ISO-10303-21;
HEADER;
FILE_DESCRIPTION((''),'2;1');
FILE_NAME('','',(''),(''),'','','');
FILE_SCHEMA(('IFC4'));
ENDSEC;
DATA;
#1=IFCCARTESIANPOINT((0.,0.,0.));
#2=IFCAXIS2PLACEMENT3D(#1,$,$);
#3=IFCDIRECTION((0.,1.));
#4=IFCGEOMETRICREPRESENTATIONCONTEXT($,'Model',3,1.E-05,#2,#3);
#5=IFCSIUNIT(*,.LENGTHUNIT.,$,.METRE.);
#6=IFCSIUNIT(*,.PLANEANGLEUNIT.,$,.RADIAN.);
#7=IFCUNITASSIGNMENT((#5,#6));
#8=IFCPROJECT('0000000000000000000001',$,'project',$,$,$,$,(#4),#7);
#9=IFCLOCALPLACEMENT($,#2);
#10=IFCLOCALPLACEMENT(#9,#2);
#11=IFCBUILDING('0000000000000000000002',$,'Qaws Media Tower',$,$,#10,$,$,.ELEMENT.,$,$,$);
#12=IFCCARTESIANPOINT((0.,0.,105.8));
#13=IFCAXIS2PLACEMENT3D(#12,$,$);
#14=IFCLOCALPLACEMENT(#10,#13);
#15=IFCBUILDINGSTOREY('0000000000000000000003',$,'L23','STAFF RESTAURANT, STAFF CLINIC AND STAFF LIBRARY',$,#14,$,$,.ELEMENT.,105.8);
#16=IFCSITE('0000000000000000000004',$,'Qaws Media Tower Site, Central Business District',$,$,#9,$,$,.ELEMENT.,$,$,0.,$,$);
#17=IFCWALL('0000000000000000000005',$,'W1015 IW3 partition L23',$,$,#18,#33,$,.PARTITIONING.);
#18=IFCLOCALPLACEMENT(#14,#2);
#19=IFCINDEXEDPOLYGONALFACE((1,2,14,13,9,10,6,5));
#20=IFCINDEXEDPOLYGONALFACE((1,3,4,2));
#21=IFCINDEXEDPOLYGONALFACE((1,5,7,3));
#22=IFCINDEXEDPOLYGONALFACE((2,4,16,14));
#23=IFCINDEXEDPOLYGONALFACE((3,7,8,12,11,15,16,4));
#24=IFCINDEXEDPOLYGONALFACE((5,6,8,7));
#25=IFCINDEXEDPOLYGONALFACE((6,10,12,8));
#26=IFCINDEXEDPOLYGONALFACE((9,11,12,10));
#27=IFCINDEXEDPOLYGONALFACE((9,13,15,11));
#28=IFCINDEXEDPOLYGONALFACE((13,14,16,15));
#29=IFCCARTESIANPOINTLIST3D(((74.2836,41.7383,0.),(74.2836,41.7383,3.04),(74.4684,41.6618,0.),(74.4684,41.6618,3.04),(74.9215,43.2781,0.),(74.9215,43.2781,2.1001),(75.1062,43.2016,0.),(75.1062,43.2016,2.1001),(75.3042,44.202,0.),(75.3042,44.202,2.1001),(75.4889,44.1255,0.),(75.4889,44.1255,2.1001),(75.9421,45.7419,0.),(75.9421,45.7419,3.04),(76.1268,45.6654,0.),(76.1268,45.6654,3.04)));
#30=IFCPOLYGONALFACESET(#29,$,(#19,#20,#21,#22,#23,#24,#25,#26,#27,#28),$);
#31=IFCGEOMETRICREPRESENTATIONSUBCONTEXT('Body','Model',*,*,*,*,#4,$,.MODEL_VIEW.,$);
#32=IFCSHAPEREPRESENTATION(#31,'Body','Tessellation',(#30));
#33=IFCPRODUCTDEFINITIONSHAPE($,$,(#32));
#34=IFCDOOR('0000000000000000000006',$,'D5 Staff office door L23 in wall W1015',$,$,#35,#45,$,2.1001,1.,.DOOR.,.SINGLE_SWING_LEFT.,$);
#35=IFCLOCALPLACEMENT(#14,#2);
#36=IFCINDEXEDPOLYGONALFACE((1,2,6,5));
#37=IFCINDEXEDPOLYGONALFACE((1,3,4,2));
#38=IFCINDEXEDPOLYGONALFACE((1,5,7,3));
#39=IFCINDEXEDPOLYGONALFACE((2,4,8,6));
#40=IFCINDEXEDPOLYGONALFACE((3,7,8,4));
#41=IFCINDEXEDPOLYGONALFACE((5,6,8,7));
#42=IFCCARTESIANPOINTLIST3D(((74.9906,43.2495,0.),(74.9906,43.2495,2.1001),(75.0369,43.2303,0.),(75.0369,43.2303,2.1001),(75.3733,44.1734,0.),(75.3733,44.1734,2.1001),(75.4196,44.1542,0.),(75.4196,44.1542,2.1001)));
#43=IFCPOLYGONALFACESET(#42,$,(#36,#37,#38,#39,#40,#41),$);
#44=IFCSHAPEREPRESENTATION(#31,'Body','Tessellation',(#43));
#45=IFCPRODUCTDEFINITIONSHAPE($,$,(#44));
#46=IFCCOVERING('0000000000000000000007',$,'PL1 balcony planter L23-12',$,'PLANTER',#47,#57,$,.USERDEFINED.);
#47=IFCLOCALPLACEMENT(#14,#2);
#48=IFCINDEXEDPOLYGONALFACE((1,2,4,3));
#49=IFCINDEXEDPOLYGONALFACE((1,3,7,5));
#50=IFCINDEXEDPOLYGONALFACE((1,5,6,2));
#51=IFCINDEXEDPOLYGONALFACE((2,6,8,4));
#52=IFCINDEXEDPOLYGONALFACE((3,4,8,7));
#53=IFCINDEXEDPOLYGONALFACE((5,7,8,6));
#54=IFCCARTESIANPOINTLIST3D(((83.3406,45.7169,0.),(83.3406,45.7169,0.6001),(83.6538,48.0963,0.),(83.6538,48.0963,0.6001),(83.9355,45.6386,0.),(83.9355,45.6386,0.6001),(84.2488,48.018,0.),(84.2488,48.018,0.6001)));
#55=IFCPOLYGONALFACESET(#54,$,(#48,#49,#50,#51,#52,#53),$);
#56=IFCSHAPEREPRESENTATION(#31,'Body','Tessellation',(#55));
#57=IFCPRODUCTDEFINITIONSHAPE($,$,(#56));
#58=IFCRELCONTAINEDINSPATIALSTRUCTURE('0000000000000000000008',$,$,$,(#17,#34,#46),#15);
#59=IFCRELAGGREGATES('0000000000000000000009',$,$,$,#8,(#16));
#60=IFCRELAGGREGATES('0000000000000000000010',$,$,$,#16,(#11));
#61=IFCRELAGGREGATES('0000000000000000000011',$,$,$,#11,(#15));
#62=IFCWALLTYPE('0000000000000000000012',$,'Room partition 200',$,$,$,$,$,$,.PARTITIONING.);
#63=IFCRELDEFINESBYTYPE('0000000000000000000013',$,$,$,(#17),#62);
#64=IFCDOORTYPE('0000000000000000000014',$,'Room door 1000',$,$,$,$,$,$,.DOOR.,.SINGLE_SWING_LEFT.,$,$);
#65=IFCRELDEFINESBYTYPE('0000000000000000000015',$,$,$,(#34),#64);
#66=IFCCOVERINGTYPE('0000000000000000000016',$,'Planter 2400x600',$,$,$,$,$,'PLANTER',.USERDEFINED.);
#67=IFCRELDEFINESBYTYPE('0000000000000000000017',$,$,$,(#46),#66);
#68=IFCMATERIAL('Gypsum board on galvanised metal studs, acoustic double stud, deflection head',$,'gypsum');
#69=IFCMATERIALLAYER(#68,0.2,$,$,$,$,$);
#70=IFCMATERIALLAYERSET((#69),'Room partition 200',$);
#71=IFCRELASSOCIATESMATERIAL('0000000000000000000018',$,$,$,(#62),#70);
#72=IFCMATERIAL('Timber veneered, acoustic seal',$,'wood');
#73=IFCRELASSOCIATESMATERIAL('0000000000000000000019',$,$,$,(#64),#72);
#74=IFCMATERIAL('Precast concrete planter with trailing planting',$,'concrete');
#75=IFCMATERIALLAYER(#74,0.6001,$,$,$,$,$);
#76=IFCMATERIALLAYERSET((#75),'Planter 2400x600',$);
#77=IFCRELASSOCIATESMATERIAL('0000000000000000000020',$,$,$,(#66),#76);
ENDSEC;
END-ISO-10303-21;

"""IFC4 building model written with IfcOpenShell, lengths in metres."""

from ifc_helpers import new_model, si_unit, direction, frame, frame_2d, origin, origin_2d, place, context, subcontext, project, spatial, rectangle, extrude, material, layer, layer_set, type_object, element, fill, save


model = new_model("IFC4")

# Units and contexts
model_context = context("Model", 3, precision=1e-05, world=origin(), true_north=direction((0.0, 1.0)))
body_context = subcontext(model_context, "Body", "Model", "MODEL_VIEW")
ifc_project = project(units=[si_unit("LENGTHUNIT", "METRE"), si_unit("PLANEANGLEUNIT", "RADIAN")], contexts=[model_context])

# Site, building, storey
site_placement = place(None, origin())
site = spatial("IfcSite", under=ifc_project, at=site_placement, Name="Qaws Media Tower Site, Central Business District", CompositionType="ELEMENT", RefElevation=0.0)
building_placement = place(site_placement, origin())
building = spatial("IfcBuilding", under=site, at=building_placement, Name="Qaws Media Tower", CompositionType="ELEMENT")
storey_placement = place(building_placement, frame((0.0, 0.0, 105.8)))
storey = spatial("IfcBuildingStorey", under=building, at=storey_placement, Name="L23", Description="STAFF RESTAURANT, STAFF CLINIC AND STAFF LIBRARY", CompositionType="ELEMENT", Elevation=105.8)

# Wall, opening, door
ifc_material_1 = material(Name="Gypsum board on galvanised metal studs, acoustic double stud, deflection head", Category="gypsum")
ifc_layer_1 = layer(ifc_material_1, 0.2)
ifc_layer_set_1 = layer_set([ifc_layer_1], Name="Room partition 200")
wall_type_1 = type_object("IfcWallType", Name="Room partition 200", PredefinedType="PARTITIONING", material=ifc_layer_set_1)
wall_1_placement = place(storey_placement, frame((76.0344, 45.7036, 0.0), z_axis=(0.0, 0.0, 1.0), x_axis=(-0.382698, -0.923873, 0.0)))
wall_1 = element("IfcWall", 1, at=wall_1_placement, inside=storey, type_object=wall_type_1, Name="W1015 IW3 partition L23", PredefinedType="PARTITIONING", context=body_context, shape_type="SweptSolid", body=[
    extrude(rectangle(XDim=4.3335, YDim=0.2, at=frame_2d((2.1667, 0.0))), origin(), (0.0, 0.0, 1.0), 3.04),
])
opening_1_placement = place(wall_1_placement, frame((1.6667, 0.0, 0.0)))
opening_1 = element("IfcOpeningElement", 2, at=opening_1_placement, cuts=wall_1, PredefinedType="OPENING", context=body_context, shape_type="SweptSolid", body=[
    extrude(rectangle(XDim=1.0, YDim=2.1001, at=frame_2d((0.5, 1.05))), frame((0.0, 0.1099, 0.0), z_axis=(0.0, -1.0, 0.0), x_axis=(1.0, 0.0, 0.0)), (0.0, 0.0, 1.0), 0.22),
])
ifc_material_2 = material(Name="Timber veneered, acoustic seal", Category="wood")
door_type_1 = type_object("IfcDoorType", Name="Room door 1000", OperationType="SINGLE_SWING_LEFT", PredefinedType="DOOR", material=ifc_material_2)
door_1_placement = place(opening_1_placement, origin())
door_1 = element("IfcDoor", 3, at=door_1_placement, inside=storey, type_object=door_type_1, Name="D5 Staff office door L23 in wall W1015", OperationType="SINGLE_SWING_LEFT", OverallHeight=2.1001, OverallWidth=1.0, PredefinedType="DOOR", context=body_context, shape_type="SweptSolid", body=[
    extrude(rectangle(XDim=1.0, YDim=2.1001, at=frame_2d((0.5, 1.05))), frame((0.0, 0.0249, 0.0), z_axis=(0.0, -1.0, 0.0), x_axis=(1.0, 0.0, 0.0)), (0.0, 0.0, 1.0), 0.05),
])
fill(opening_1, door_1)

# Covering
ifc_material_3 = material(Name="Precast concrete planter with trailing planting", Category="concrete")
ifc_layer_2 = layer(ifc_material_3, 0.6001)
ifc_layer_set_2 = layer_set([ifc_layer_2], Name="Planter 2400x600")
covering_type = type_object("IfcCoveringType", Name="Planter 2400x600", ElementType="PLANTER", PredefinedType="USERDEFINED", material=ifc_layer_set_2)
covering_placement = place(storey_placement, frame((83.7947, 46.8674, 0.0), z_axis=(0.0, 0.0, 1.0), x_axis=(0.130526, 0.991445, 0.0)))
element("IfcCovering", 4, at=covering_placement, inside=storey, type_object=covering_type, Name="PL1 balcony planter L23-12", ObjectType="PLANTER", PredefinedType="USERDEFINED", context=body_context, shape_type="SweptSolid", body=[
    extrude(rectangle(XDim=2.3999, YDim=0.6001, at=origin_2d()), origin(), (0.0, 0.0, 1.0), 0.6001),
])

save(model, "model.ifc")
